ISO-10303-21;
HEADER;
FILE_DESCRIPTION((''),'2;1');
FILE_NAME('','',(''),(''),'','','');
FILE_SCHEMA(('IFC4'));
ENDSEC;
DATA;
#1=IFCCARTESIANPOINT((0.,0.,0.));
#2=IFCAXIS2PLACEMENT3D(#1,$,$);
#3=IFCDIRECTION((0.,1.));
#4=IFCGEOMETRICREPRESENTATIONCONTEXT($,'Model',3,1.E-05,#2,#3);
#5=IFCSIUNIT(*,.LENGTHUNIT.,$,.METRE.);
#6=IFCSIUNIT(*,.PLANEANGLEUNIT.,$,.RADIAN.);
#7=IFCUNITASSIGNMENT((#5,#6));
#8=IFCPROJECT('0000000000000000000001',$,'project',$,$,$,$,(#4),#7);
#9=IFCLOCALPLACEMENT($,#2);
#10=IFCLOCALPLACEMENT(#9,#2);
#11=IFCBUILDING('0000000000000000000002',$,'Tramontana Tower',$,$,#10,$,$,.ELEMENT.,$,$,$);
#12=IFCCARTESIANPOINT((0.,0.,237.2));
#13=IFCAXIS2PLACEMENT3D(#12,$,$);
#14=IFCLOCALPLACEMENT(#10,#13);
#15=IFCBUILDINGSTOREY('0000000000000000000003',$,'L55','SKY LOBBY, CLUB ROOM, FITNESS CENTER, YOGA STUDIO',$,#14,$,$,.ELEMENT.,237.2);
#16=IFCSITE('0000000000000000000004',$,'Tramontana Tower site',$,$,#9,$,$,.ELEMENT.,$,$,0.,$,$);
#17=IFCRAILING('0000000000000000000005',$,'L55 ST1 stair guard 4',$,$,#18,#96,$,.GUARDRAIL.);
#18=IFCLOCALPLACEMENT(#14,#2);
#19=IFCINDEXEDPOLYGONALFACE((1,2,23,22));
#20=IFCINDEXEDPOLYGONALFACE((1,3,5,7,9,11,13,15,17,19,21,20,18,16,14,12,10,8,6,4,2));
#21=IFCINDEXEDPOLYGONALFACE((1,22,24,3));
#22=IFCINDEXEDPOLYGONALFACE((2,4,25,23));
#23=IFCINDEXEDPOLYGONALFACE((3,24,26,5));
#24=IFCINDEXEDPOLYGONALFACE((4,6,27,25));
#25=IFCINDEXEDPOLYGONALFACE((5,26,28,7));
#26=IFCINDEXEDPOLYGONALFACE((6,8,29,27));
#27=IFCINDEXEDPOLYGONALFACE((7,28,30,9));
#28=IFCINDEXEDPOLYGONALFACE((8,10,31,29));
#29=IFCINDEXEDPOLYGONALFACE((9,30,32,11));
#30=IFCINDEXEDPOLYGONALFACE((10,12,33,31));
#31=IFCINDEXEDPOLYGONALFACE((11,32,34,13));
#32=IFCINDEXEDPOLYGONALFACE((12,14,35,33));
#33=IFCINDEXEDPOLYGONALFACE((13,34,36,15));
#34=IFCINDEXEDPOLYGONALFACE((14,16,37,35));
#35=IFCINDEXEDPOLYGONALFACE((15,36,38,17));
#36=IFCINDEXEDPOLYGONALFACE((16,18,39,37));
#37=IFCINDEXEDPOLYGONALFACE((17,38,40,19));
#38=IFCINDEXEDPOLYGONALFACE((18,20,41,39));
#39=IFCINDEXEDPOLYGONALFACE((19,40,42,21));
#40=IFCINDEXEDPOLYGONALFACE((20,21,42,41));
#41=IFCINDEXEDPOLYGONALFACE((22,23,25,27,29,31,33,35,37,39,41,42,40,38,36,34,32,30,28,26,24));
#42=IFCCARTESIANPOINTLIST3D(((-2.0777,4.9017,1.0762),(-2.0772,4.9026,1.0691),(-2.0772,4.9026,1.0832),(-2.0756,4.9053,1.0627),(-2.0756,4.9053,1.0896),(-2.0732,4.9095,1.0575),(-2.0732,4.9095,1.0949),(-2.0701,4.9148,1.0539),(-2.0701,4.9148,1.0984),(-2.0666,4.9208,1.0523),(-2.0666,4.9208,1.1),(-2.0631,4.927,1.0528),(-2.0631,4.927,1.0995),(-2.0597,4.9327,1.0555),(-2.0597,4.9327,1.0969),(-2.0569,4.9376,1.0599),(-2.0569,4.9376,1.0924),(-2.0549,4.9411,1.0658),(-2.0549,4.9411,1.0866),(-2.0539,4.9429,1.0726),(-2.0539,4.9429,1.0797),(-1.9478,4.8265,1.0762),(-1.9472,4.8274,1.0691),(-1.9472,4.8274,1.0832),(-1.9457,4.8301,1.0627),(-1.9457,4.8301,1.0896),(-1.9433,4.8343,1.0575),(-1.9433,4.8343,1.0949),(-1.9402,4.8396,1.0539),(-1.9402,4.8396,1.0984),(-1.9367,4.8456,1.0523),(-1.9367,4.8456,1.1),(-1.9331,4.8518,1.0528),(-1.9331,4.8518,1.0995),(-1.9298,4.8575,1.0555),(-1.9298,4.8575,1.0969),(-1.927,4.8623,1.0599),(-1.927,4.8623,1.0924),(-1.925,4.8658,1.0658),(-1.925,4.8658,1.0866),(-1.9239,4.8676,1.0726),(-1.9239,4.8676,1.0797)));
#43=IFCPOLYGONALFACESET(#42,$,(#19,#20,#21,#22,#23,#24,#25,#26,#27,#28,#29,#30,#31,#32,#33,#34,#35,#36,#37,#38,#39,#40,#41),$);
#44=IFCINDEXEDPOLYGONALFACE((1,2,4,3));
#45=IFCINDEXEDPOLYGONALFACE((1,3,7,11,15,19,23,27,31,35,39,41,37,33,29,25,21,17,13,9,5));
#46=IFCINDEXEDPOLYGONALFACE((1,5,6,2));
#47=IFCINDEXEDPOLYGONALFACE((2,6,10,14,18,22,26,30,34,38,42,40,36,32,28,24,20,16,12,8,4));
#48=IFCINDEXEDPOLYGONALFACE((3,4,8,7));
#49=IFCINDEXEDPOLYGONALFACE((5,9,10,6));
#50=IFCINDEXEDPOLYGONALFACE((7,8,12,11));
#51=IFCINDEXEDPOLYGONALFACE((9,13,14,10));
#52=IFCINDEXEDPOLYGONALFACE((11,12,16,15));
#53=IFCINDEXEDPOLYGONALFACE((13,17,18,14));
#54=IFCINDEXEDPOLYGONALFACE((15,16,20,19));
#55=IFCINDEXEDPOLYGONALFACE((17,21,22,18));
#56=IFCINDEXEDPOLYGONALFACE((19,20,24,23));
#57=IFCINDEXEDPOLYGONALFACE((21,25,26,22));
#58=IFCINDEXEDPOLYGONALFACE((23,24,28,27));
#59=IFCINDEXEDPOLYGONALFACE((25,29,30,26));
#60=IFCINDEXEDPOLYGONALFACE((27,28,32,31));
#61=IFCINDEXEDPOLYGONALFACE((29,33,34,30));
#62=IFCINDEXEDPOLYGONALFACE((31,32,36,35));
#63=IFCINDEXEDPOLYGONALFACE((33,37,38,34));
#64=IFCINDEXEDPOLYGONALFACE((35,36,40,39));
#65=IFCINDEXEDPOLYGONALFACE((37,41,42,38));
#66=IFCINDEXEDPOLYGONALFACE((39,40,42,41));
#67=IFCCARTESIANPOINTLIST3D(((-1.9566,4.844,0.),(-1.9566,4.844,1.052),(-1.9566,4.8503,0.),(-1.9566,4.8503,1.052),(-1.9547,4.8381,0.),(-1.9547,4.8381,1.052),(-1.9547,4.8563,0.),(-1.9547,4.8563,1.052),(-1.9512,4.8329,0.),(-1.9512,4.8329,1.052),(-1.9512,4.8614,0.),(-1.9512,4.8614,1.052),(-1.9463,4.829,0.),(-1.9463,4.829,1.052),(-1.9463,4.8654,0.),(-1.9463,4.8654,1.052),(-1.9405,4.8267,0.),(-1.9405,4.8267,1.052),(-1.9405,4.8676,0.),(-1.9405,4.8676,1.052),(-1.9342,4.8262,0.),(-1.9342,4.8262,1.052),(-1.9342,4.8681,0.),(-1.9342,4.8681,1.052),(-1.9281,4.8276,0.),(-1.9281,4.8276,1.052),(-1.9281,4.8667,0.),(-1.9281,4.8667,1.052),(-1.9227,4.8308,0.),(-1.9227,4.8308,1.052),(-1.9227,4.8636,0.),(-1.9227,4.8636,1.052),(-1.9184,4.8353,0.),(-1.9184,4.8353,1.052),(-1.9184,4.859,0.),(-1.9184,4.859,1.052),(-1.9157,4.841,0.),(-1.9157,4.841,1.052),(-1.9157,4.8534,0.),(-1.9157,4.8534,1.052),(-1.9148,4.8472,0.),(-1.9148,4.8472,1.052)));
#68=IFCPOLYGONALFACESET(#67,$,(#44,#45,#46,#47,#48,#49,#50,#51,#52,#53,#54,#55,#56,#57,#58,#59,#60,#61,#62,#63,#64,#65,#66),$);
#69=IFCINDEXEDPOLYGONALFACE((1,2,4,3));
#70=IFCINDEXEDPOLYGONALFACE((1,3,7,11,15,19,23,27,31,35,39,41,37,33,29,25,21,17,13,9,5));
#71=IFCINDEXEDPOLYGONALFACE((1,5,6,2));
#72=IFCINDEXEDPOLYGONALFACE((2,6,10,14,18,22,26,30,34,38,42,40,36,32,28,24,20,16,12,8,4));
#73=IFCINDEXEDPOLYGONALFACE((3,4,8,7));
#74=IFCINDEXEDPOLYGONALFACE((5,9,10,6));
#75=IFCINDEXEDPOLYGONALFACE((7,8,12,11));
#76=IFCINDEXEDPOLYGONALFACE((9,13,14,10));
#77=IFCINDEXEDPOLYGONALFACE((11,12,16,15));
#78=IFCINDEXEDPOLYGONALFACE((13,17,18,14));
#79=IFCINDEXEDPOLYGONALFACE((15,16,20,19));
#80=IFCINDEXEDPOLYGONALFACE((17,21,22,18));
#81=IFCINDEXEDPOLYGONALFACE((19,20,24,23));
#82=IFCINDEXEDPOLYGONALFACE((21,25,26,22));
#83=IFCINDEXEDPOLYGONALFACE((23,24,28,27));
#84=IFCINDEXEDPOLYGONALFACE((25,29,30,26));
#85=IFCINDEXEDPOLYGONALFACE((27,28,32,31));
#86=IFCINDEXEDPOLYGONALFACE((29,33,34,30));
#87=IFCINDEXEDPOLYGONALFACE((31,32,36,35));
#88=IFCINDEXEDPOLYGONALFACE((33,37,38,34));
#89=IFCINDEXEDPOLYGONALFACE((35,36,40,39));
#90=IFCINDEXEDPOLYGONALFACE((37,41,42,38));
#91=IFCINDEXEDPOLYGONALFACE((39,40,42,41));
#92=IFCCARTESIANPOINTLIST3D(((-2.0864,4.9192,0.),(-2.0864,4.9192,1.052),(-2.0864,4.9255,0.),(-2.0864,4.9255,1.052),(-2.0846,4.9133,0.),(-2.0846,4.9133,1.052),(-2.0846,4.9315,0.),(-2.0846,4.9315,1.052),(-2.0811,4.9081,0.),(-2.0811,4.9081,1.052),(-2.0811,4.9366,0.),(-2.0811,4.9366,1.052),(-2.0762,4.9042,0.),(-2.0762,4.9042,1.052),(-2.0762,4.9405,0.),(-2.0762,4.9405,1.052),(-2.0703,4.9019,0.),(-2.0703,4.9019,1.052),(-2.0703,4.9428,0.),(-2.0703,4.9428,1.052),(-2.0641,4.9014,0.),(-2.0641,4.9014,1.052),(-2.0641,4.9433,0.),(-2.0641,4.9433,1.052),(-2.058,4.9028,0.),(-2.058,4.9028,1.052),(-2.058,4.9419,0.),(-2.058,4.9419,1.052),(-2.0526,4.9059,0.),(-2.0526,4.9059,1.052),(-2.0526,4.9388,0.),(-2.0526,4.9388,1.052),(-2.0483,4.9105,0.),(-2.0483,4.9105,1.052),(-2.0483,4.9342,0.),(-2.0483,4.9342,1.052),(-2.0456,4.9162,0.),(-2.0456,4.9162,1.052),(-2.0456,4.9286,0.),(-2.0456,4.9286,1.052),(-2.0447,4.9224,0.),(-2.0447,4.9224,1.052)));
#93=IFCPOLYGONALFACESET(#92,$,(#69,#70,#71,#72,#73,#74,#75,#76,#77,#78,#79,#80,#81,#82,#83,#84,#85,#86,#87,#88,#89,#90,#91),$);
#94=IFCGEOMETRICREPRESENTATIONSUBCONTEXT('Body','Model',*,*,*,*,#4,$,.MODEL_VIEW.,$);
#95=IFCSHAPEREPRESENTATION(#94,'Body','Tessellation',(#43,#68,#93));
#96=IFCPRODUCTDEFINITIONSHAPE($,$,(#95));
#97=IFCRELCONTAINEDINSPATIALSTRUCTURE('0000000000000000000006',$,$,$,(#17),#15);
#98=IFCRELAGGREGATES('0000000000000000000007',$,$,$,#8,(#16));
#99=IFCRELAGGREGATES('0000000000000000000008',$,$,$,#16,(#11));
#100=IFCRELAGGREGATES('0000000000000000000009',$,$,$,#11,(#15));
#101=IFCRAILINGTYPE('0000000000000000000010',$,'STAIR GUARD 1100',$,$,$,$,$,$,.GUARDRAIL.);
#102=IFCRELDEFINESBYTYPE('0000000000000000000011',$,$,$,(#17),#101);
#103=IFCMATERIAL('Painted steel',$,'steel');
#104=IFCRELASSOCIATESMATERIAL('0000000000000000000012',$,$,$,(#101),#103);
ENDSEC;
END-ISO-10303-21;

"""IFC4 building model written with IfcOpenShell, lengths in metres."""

from ifc_helpers import new_model, si_unit, direction, frame, origin, origin_2d, place, context, subcontext, project, spatial, circle, extrude, material, type_object, element, save


model = new_model("IFC4")

# Units and contexts
model_context = context("Model", 3, precision=1e-05, world=origin(), true_north=direction((0.0, 1.0)))
body_context = subcontext(model_context, "Body", "Model", "MODEL_VIEW")
ifc_project = project(units=[si_unit("LENGTHUNIT", "METRE"), si_unit("PLANEANGLEUNIT", "RADIAN")], contexts=[model_context])

# Site, building, storey
site_placement = place(None, origin())
site = spatial("IfcSite", under=ifc_project, at=site_placement, Name="Tramontana Tower site", CompositionType="ELEMENT", RefElevation=0.0)
building_placement = place(site_placement, origin())
building = spatial("IfcBuilding", under=site, at=building_placement, Name="Tramontana Tower", CompositionType="ELEMENT")
storey_placement = place(building_placement, frame((0.0, 0.0, 237.2)))
storey = spatial("IfcBuildingStorey", under=building, at=storey_placement, Name="L55", Description="SKY LOBBY, CLUB ROOM, FITNESS CENTER, YOGA STUDIO", CompositionType="ELEMENT", Elevation=237.2)

# Railing
ifc_material_1 = material(Name="Painted steel", Category="steel")
railing_type_1 = type_object("IfcRailingType", Name="STAIR GUARD 1100", PredefinedType="GUARDRAIL", material=ifc_material_1)
railing_1_placement = place(storey_placement, frame((-1.9358, 4.8472, 0.0)))
element("IfcRailing", 1, at=railing_1_placement, inside=storey, type_object=railing_type_1, Name="L55 ST1 stair guard 4", PredefinedType="GUARDRAIL", context=body_context, shape_type="SweptSolid", body=[
    extrude(circle(Radius=0.0239, at=origin_2d()), frame((0.0, 0.0, 1.0762), z_axis=(-0.865426, 0.501036, 0.0), x_axis=(-0.501036, -0.865426, 0.0)), (0.0, 0.0, 1.0), 0.1501),
    extrude(circle(Radius=0.021, at=origin_2d()), origin(), (0.0, 0.0, 1.0), 1.052),
    extrude(circle(Radius=0.021, at=origin_2d()), frame((-0.1299, 0.0752, 0.0)), (0.0, 0.0, 1.0), 1.052),
])

save(model, "model.ifc")
